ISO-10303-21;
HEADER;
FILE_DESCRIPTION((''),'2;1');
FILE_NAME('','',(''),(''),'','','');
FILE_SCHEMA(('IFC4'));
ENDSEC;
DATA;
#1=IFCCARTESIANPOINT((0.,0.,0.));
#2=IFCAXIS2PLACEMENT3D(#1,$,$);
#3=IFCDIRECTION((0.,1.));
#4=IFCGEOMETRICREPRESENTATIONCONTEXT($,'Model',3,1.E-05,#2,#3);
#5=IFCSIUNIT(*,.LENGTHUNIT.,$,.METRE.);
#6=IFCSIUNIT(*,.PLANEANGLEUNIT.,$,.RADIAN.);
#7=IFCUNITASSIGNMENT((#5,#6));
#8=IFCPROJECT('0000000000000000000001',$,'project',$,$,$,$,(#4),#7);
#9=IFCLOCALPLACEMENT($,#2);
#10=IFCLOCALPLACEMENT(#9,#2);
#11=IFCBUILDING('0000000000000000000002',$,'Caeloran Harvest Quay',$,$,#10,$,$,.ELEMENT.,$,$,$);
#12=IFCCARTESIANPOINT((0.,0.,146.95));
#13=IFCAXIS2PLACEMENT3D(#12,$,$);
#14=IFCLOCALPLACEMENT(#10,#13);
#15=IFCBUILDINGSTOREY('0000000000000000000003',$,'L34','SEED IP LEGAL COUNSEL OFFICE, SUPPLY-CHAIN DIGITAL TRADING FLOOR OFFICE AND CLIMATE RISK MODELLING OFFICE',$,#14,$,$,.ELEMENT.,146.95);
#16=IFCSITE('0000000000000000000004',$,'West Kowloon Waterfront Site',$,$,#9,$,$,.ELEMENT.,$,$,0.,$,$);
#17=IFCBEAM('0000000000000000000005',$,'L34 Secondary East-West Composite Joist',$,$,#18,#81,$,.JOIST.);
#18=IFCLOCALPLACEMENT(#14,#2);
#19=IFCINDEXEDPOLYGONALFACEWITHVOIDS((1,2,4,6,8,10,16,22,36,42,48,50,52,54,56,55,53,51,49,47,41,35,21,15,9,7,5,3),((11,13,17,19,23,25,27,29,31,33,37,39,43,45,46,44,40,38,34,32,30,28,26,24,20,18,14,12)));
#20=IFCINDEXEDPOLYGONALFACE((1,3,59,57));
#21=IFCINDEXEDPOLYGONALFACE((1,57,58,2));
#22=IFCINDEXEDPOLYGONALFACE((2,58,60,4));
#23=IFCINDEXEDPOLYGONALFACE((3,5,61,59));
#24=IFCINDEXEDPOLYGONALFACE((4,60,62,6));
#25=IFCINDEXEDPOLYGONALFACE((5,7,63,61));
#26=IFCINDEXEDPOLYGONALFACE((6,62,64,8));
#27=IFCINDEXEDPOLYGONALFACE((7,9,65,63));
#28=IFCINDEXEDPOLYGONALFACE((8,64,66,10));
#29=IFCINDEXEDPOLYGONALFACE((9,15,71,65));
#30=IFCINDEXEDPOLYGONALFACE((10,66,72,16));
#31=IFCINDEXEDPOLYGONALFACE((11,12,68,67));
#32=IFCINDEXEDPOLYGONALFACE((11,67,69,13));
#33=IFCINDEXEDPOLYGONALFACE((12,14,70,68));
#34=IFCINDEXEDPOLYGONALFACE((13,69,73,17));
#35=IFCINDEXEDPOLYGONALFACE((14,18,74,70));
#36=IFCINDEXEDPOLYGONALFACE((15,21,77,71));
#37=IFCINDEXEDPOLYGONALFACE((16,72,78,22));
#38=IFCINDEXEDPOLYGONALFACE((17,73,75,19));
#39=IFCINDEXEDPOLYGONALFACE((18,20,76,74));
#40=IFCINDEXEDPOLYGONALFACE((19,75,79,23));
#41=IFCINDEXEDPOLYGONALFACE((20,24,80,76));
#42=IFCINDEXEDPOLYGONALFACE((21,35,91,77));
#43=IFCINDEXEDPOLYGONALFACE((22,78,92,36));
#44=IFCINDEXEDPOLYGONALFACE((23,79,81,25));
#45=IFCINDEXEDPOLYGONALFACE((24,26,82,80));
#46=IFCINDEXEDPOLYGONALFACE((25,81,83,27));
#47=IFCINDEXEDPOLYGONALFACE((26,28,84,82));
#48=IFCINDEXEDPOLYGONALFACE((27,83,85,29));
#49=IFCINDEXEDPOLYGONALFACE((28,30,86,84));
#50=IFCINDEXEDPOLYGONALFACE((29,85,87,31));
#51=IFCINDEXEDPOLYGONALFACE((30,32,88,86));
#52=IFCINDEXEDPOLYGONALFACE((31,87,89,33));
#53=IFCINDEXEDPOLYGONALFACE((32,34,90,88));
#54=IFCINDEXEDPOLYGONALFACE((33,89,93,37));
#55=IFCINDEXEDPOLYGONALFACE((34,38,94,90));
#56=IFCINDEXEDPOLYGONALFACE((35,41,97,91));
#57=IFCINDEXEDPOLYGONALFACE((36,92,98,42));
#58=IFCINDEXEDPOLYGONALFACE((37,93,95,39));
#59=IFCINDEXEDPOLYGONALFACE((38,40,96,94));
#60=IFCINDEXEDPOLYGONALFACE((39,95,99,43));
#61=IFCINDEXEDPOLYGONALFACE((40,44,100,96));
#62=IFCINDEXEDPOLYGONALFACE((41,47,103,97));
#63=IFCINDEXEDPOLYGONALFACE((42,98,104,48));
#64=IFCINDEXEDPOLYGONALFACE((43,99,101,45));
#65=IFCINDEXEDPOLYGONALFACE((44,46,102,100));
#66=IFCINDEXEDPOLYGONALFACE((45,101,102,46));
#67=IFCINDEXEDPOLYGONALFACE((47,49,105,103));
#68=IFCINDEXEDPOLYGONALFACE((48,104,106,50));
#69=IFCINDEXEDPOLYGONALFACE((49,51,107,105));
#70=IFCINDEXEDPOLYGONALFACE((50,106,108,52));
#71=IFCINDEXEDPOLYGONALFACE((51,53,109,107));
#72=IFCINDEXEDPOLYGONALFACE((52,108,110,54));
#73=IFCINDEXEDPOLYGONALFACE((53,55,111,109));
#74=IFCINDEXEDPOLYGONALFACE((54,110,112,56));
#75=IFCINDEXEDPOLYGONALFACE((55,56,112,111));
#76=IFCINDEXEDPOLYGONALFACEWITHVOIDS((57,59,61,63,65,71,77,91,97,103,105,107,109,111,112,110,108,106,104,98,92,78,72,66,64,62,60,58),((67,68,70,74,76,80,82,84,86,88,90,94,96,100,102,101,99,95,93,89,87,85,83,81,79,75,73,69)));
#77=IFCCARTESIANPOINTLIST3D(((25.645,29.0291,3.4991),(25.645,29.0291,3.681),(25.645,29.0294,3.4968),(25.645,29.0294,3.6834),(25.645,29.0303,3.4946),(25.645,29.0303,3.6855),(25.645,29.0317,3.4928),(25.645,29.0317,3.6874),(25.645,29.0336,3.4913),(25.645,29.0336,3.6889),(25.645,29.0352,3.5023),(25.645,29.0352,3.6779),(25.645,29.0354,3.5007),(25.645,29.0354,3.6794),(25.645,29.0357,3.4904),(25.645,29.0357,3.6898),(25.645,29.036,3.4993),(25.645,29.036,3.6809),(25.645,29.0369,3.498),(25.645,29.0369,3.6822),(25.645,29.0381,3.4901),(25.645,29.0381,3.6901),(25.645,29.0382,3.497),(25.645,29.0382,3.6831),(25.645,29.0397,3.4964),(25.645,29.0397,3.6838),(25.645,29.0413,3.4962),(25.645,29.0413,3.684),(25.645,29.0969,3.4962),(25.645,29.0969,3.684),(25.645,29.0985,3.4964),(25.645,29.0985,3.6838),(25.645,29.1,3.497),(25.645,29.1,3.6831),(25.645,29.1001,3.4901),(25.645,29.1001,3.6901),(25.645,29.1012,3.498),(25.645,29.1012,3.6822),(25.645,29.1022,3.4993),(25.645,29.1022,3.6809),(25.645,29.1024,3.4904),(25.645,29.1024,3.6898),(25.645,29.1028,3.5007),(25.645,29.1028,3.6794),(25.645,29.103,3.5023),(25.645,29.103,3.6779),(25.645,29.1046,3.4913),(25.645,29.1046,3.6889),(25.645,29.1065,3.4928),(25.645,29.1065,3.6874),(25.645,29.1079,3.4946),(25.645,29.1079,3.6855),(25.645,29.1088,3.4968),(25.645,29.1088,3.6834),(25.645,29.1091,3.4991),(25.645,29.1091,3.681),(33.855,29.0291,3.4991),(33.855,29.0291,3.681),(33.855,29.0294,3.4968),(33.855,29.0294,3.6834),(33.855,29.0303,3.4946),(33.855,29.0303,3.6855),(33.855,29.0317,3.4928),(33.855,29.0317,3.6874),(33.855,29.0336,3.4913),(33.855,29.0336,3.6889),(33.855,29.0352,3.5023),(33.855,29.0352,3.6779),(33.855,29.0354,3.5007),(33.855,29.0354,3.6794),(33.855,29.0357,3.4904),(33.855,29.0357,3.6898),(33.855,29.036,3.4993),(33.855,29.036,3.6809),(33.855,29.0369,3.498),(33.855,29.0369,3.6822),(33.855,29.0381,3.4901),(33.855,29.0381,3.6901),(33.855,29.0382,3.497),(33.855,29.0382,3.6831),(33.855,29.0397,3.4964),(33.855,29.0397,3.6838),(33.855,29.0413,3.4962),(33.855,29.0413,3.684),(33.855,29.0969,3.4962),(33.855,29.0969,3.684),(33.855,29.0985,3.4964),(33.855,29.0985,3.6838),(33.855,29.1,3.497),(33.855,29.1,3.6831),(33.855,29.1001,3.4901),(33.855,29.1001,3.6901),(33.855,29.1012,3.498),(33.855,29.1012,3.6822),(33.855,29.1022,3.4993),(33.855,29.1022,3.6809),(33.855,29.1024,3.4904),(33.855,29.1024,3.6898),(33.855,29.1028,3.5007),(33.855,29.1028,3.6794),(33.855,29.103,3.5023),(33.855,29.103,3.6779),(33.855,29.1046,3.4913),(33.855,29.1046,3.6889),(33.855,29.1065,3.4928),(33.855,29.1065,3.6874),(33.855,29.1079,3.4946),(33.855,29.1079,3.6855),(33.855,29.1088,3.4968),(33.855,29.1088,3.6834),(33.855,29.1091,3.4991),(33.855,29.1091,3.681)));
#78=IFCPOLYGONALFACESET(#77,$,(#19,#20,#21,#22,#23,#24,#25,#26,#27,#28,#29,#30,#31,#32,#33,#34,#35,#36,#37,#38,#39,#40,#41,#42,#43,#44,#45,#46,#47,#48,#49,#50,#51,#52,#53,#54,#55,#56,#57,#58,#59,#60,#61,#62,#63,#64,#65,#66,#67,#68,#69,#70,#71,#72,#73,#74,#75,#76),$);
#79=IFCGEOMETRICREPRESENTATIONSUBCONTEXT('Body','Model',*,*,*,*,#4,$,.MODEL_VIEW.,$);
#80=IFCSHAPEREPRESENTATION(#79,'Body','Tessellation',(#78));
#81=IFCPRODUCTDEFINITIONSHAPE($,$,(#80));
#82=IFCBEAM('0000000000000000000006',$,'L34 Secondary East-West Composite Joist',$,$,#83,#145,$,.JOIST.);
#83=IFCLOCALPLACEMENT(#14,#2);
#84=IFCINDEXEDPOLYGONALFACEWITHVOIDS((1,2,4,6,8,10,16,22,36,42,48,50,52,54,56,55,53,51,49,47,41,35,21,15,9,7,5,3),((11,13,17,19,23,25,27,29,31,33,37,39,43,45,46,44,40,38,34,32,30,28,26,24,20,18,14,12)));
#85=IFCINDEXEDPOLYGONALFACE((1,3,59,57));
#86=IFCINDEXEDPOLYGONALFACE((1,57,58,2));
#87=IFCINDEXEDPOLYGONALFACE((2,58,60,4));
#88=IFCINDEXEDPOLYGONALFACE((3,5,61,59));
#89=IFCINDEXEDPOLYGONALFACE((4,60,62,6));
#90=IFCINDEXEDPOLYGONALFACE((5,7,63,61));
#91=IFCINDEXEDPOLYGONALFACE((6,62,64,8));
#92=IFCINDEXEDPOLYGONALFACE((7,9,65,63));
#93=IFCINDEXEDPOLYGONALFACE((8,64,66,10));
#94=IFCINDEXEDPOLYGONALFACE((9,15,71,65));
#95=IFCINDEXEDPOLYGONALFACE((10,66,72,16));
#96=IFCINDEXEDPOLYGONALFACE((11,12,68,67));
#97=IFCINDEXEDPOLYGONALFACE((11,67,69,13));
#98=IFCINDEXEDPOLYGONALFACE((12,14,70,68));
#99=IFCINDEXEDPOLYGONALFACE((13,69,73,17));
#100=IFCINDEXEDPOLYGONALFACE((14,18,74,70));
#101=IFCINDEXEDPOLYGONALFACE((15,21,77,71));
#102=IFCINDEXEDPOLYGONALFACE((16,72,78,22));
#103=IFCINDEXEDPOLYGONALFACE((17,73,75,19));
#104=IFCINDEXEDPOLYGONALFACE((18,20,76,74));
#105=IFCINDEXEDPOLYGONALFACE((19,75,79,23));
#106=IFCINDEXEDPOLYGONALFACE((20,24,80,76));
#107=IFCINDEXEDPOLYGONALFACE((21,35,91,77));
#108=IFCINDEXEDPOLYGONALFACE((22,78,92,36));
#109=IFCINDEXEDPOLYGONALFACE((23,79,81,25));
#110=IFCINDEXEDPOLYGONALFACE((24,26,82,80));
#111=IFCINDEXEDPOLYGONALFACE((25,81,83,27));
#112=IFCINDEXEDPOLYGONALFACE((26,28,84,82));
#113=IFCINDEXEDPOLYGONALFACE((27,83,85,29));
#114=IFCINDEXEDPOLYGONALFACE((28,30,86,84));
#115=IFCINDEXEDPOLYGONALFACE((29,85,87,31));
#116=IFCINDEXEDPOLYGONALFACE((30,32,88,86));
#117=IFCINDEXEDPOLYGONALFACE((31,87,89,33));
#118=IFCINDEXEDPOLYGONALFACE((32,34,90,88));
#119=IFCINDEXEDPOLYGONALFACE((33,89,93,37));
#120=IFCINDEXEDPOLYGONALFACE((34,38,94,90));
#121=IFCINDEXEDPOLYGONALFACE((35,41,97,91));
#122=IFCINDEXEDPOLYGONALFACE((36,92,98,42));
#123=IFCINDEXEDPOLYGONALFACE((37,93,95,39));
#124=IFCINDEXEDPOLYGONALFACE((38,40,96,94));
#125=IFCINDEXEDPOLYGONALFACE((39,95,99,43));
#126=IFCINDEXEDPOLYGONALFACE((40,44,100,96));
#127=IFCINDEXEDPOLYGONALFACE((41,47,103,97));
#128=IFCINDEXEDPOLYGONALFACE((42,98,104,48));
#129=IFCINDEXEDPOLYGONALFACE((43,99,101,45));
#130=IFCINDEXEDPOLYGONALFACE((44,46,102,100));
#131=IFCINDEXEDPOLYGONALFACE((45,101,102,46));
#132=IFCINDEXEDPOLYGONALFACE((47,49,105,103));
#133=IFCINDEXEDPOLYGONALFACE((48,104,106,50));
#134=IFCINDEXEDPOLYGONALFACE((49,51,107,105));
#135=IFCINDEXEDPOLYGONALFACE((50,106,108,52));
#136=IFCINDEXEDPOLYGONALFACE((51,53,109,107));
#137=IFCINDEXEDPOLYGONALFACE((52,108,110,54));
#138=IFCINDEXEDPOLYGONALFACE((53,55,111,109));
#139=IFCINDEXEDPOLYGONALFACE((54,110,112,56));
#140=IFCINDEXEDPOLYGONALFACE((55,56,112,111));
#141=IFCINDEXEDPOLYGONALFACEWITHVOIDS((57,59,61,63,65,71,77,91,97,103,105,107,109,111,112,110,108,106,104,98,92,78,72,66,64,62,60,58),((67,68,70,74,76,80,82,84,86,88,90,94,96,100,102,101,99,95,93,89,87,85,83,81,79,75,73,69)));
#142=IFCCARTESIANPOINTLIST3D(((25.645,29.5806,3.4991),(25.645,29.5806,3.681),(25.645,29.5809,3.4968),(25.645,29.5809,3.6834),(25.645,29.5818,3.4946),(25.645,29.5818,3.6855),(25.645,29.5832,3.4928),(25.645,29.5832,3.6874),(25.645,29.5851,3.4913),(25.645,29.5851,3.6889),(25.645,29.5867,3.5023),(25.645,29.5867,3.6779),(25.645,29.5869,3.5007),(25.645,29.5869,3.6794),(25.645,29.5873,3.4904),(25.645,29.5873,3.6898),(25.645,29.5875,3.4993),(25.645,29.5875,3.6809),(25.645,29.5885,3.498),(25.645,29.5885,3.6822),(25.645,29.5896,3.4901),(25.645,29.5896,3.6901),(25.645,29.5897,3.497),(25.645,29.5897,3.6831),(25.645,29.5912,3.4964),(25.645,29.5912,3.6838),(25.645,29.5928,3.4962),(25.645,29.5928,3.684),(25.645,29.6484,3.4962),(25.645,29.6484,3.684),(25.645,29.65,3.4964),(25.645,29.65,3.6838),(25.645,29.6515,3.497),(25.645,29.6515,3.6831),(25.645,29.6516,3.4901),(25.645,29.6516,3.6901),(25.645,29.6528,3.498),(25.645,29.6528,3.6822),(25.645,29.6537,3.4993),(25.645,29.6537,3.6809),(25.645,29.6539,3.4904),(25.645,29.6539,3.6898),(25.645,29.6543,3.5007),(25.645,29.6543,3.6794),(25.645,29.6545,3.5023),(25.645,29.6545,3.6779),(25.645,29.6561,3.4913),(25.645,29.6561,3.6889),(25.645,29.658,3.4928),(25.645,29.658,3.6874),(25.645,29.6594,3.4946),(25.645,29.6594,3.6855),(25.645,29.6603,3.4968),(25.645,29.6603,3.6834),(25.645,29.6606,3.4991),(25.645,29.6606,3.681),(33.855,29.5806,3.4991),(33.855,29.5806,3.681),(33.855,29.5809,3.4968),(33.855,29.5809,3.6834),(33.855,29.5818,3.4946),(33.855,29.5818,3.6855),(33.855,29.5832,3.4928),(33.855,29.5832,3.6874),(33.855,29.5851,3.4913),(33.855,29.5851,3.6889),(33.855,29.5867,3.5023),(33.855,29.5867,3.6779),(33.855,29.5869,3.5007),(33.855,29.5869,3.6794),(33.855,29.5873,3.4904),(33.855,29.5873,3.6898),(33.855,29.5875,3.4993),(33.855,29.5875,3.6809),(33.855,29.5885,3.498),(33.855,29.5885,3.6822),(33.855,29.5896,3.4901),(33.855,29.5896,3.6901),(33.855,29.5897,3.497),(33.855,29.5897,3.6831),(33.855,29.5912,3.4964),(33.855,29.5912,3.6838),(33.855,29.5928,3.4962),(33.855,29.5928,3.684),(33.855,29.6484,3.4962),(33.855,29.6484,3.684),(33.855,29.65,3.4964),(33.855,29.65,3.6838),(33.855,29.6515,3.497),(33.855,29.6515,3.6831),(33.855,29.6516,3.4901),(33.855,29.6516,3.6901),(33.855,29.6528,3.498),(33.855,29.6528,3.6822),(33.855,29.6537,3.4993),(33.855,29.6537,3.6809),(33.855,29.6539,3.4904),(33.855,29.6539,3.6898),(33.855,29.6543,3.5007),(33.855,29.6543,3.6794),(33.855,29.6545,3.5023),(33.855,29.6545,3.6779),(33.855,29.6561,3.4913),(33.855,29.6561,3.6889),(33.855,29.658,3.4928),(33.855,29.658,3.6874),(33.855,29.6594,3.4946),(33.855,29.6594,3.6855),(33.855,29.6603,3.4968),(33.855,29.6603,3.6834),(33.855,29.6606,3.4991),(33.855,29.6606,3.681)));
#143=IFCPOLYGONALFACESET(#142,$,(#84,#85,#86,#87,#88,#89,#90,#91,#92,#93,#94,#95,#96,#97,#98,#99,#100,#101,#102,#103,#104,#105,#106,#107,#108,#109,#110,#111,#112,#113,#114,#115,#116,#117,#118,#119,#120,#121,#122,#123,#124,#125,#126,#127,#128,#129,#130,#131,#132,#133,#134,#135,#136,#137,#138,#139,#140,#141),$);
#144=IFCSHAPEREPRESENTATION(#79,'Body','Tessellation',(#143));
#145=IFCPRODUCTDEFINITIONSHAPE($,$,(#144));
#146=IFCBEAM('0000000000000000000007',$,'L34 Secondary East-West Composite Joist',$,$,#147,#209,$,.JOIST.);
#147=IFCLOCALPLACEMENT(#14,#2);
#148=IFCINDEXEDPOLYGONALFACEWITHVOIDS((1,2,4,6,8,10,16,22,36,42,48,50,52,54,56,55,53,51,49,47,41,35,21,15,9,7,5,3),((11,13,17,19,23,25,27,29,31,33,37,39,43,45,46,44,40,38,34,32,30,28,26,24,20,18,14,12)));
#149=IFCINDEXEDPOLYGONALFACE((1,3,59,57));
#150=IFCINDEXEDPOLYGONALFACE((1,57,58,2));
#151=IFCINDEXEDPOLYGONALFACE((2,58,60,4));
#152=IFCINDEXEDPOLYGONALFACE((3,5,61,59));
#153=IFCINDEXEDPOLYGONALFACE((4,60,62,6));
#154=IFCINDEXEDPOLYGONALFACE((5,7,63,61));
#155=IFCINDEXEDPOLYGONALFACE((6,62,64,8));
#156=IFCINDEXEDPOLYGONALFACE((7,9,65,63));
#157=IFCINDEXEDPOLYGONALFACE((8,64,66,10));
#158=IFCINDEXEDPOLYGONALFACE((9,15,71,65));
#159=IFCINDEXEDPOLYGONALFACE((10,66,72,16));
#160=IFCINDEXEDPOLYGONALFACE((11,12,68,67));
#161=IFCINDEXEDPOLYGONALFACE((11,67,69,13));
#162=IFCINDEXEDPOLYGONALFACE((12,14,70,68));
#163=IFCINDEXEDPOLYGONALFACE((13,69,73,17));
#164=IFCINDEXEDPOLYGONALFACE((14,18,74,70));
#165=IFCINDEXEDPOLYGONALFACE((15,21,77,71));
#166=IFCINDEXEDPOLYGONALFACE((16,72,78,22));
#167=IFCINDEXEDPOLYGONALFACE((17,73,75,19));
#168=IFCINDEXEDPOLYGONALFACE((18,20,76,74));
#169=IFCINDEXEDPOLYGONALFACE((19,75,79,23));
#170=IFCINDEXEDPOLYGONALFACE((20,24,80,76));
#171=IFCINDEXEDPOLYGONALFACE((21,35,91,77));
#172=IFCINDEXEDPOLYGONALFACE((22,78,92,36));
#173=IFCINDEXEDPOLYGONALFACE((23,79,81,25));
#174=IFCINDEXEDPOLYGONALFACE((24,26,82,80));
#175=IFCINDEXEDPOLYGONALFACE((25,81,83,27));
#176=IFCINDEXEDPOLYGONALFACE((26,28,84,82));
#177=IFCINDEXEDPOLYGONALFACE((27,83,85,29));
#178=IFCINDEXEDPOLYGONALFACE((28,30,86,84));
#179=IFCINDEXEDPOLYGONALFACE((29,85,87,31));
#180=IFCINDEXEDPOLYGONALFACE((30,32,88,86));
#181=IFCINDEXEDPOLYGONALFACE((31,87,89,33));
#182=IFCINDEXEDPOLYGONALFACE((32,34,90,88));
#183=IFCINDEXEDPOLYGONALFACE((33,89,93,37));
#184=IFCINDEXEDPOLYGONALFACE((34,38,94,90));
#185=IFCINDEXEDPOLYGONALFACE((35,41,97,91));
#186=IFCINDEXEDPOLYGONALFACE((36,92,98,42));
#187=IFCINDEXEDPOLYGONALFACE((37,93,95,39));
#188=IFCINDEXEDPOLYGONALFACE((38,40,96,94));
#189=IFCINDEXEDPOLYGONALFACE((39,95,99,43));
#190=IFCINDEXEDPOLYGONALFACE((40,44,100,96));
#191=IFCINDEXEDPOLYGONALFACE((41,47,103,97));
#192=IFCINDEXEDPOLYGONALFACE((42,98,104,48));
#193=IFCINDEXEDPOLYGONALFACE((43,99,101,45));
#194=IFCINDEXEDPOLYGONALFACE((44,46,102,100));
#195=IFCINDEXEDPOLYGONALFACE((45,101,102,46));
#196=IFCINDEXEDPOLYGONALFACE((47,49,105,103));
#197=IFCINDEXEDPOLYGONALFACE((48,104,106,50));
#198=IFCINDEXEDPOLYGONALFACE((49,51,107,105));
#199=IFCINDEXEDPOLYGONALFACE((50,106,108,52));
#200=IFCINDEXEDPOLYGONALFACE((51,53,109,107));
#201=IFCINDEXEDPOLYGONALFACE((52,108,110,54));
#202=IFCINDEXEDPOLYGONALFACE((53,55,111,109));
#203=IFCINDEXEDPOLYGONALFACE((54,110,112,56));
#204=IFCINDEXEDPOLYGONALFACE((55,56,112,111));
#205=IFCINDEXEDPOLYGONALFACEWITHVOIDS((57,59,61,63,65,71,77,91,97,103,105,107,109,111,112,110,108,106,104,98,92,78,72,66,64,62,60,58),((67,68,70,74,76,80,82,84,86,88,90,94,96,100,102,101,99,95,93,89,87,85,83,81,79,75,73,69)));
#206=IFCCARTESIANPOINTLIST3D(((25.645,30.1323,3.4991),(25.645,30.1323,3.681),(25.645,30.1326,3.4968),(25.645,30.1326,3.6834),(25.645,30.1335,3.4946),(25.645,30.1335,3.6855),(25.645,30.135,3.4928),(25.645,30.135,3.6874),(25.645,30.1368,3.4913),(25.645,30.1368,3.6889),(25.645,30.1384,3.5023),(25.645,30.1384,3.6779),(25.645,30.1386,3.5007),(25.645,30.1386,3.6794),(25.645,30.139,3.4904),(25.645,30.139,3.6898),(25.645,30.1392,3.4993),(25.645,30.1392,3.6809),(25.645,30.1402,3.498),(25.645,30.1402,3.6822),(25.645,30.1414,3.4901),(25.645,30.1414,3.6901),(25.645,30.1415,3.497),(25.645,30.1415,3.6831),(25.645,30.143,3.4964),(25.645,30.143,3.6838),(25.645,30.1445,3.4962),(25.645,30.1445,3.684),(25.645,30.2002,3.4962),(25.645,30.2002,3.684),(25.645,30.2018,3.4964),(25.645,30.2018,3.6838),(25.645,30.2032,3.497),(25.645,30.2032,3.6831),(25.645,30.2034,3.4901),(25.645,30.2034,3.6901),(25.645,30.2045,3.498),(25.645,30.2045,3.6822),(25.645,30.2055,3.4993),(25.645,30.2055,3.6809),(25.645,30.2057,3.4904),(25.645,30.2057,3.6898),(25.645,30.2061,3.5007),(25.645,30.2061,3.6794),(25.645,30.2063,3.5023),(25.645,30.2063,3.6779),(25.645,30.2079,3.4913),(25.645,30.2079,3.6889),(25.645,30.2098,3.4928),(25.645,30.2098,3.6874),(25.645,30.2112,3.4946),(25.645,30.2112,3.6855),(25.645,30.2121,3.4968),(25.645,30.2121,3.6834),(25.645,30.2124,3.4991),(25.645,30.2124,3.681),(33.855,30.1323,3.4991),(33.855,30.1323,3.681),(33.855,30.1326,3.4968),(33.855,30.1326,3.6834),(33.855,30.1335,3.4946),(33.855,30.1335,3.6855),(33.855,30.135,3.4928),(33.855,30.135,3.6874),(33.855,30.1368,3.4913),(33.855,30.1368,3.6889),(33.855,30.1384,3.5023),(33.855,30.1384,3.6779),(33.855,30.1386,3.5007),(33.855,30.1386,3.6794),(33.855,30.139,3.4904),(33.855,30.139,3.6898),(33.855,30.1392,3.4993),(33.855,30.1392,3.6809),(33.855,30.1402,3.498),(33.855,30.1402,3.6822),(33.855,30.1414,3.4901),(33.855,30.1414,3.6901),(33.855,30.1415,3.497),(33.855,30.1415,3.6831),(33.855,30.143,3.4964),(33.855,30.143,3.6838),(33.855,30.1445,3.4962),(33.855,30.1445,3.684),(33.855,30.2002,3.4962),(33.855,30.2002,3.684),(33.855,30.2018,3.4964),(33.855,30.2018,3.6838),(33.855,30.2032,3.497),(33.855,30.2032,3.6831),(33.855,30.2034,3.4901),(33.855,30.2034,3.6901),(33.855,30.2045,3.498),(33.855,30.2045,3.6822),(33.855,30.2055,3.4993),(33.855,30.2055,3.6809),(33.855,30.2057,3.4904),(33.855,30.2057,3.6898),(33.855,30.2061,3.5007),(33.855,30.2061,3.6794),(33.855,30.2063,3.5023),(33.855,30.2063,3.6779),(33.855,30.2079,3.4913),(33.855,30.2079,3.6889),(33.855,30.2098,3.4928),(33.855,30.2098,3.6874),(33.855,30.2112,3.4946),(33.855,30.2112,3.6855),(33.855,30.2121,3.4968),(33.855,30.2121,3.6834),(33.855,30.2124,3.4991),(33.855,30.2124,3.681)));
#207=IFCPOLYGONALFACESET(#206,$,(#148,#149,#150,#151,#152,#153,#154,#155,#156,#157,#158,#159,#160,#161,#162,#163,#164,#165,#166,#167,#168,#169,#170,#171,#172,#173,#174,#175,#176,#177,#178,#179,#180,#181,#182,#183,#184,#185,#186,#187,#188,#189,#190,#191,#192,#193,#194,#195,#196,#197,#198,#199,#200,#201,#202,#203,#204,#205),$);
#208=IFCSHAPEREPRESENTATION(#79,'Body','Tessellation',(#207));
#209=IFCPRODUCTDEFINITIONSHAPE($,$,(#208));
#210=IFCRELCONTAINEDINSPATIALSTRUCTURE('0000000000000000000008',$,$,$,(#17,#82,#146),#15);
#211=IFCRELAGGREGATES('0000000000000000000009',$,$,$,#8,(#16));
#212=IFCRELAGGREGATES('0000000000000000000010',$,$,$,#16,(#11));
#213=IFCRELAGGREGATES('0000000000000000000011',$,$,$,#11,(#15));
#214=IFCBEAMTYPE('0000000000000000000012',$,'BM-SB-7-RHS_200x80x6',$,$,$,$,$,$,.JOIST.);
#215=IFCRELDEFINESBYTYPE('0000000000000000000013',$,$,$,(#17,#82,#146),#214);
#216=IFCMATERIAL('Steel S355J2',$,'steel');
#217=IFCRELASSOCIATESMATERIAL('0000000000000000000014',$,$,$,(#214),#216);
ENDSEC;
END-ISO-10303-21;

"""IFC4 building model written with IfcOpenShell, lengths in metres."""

from ifc_helpers import new_model, si_unit, direction, frame, origin, origin_2d, place, context, subcontext, project, spatial, hollow_rectangle, extrude, material, material_profile, profile_set, type_object, element, save


model = new_model("IFC4")

# Units and contexts
model_context = context("Model", 3, precision=1e-05, world=origin(), true_north=direction((0.0, 1.0)))
body_context = subcontext(model_context, "Body", "Model", "MODEL_VIEW")
ifc_project = project(units=[si_unit("LENGTHUNIT", "METRE"), si_unit("PLANEANGLEUNIT", "RADIAN")], contexts=[model_context])

# Site, building, storey
site_placement = place(None, origin())
site = spatial("IfcSite", under=ifc_project, at=site_placement, Name="West Kowloon Waterfront Site", CompositionType="ELEMENT", RefElevation=0.0)
building_placement = place(site_placement, origin())
building = spatial("IfcBuilding", under=site, at=building_placement, Name="Caeloran Harvest Quay", CompositionType="ELEMENT")
storey_placement = place(building_placement, frame((0.0, 0.0, 146.95)))
storey = spatial("IfcBuildingStorey", under=building, at=storey_placement, Name="L34", Description="SEED IP LEGAL COUNSEL OFFICE, SUPPLY-CHAIN DIGITAL TRADING FLOOR OFFICE AND CLIMATE RISK MODELLING OFFICE", CompositionType="ELEMENT", Elevation=146.95)

# Beams
ifc_material_1 = material(Name="Steel S355J2", Category="steel")
ifc_material_profile_1 = material_profile(ifc_material_1, hollow_rectangle(XDim=0.0801, YDim=0.2, WallThickness=0.0061, InnerFilletRadius=0.0061, OuterFilletRadius=0.009, at=origin_2d()), Name="RHS 200x80x6")
ifc_profile_set_1 = profile_set([ifc_material_profile_1], Name="Steel S355J2")
beam_type_1 = type_object("IfcBeamType", Name="BM-SB-7-RHS_200x80x6", PredefinedType="JOIST", material=ifc_profile_set_1)
for number, where, z_axis, x_axis, name in (
    (1, (25.645, 29.0691, 3.5901), (1.0, 0.0, 0.0), (0.0, 1.0, 0.0), "L34 Secondary East-West Composite Joist"),
    (2, (25.645, 29.6206, 3.5901), (1.0, 0.0, 0.0), (0.0, 1.0, 0.0), "L34 Secondary East-West Composite Joist"),
    (3, (25.645, 30.1724, 3.5901), (1.0, 0.0, 0.0), (0.0, 1.0, 0.0), "L34 Secondary East-West Composite Joist"),
):
    element("IfcBeam", number, at=place(storey_placement, frame(where, z_axis=z_axis, x_axis=x_axis)), inside=storey, type_object=beam_type_1, Name=name, PredefinedType="JOIST", context=body_context, shape_type="SweptSolid", body=[
        extrude(hollow_rectangle(XDim=0.0801, YDim=0.2, WallThickness=0.0061, InnerFilletRadius=0.0061, OuterFilletRadius=0.009, at=origin_2d()), origin(), (0.0, 0.0, 1.0), 8.21),
    ])

save(model, "model.ifc")
